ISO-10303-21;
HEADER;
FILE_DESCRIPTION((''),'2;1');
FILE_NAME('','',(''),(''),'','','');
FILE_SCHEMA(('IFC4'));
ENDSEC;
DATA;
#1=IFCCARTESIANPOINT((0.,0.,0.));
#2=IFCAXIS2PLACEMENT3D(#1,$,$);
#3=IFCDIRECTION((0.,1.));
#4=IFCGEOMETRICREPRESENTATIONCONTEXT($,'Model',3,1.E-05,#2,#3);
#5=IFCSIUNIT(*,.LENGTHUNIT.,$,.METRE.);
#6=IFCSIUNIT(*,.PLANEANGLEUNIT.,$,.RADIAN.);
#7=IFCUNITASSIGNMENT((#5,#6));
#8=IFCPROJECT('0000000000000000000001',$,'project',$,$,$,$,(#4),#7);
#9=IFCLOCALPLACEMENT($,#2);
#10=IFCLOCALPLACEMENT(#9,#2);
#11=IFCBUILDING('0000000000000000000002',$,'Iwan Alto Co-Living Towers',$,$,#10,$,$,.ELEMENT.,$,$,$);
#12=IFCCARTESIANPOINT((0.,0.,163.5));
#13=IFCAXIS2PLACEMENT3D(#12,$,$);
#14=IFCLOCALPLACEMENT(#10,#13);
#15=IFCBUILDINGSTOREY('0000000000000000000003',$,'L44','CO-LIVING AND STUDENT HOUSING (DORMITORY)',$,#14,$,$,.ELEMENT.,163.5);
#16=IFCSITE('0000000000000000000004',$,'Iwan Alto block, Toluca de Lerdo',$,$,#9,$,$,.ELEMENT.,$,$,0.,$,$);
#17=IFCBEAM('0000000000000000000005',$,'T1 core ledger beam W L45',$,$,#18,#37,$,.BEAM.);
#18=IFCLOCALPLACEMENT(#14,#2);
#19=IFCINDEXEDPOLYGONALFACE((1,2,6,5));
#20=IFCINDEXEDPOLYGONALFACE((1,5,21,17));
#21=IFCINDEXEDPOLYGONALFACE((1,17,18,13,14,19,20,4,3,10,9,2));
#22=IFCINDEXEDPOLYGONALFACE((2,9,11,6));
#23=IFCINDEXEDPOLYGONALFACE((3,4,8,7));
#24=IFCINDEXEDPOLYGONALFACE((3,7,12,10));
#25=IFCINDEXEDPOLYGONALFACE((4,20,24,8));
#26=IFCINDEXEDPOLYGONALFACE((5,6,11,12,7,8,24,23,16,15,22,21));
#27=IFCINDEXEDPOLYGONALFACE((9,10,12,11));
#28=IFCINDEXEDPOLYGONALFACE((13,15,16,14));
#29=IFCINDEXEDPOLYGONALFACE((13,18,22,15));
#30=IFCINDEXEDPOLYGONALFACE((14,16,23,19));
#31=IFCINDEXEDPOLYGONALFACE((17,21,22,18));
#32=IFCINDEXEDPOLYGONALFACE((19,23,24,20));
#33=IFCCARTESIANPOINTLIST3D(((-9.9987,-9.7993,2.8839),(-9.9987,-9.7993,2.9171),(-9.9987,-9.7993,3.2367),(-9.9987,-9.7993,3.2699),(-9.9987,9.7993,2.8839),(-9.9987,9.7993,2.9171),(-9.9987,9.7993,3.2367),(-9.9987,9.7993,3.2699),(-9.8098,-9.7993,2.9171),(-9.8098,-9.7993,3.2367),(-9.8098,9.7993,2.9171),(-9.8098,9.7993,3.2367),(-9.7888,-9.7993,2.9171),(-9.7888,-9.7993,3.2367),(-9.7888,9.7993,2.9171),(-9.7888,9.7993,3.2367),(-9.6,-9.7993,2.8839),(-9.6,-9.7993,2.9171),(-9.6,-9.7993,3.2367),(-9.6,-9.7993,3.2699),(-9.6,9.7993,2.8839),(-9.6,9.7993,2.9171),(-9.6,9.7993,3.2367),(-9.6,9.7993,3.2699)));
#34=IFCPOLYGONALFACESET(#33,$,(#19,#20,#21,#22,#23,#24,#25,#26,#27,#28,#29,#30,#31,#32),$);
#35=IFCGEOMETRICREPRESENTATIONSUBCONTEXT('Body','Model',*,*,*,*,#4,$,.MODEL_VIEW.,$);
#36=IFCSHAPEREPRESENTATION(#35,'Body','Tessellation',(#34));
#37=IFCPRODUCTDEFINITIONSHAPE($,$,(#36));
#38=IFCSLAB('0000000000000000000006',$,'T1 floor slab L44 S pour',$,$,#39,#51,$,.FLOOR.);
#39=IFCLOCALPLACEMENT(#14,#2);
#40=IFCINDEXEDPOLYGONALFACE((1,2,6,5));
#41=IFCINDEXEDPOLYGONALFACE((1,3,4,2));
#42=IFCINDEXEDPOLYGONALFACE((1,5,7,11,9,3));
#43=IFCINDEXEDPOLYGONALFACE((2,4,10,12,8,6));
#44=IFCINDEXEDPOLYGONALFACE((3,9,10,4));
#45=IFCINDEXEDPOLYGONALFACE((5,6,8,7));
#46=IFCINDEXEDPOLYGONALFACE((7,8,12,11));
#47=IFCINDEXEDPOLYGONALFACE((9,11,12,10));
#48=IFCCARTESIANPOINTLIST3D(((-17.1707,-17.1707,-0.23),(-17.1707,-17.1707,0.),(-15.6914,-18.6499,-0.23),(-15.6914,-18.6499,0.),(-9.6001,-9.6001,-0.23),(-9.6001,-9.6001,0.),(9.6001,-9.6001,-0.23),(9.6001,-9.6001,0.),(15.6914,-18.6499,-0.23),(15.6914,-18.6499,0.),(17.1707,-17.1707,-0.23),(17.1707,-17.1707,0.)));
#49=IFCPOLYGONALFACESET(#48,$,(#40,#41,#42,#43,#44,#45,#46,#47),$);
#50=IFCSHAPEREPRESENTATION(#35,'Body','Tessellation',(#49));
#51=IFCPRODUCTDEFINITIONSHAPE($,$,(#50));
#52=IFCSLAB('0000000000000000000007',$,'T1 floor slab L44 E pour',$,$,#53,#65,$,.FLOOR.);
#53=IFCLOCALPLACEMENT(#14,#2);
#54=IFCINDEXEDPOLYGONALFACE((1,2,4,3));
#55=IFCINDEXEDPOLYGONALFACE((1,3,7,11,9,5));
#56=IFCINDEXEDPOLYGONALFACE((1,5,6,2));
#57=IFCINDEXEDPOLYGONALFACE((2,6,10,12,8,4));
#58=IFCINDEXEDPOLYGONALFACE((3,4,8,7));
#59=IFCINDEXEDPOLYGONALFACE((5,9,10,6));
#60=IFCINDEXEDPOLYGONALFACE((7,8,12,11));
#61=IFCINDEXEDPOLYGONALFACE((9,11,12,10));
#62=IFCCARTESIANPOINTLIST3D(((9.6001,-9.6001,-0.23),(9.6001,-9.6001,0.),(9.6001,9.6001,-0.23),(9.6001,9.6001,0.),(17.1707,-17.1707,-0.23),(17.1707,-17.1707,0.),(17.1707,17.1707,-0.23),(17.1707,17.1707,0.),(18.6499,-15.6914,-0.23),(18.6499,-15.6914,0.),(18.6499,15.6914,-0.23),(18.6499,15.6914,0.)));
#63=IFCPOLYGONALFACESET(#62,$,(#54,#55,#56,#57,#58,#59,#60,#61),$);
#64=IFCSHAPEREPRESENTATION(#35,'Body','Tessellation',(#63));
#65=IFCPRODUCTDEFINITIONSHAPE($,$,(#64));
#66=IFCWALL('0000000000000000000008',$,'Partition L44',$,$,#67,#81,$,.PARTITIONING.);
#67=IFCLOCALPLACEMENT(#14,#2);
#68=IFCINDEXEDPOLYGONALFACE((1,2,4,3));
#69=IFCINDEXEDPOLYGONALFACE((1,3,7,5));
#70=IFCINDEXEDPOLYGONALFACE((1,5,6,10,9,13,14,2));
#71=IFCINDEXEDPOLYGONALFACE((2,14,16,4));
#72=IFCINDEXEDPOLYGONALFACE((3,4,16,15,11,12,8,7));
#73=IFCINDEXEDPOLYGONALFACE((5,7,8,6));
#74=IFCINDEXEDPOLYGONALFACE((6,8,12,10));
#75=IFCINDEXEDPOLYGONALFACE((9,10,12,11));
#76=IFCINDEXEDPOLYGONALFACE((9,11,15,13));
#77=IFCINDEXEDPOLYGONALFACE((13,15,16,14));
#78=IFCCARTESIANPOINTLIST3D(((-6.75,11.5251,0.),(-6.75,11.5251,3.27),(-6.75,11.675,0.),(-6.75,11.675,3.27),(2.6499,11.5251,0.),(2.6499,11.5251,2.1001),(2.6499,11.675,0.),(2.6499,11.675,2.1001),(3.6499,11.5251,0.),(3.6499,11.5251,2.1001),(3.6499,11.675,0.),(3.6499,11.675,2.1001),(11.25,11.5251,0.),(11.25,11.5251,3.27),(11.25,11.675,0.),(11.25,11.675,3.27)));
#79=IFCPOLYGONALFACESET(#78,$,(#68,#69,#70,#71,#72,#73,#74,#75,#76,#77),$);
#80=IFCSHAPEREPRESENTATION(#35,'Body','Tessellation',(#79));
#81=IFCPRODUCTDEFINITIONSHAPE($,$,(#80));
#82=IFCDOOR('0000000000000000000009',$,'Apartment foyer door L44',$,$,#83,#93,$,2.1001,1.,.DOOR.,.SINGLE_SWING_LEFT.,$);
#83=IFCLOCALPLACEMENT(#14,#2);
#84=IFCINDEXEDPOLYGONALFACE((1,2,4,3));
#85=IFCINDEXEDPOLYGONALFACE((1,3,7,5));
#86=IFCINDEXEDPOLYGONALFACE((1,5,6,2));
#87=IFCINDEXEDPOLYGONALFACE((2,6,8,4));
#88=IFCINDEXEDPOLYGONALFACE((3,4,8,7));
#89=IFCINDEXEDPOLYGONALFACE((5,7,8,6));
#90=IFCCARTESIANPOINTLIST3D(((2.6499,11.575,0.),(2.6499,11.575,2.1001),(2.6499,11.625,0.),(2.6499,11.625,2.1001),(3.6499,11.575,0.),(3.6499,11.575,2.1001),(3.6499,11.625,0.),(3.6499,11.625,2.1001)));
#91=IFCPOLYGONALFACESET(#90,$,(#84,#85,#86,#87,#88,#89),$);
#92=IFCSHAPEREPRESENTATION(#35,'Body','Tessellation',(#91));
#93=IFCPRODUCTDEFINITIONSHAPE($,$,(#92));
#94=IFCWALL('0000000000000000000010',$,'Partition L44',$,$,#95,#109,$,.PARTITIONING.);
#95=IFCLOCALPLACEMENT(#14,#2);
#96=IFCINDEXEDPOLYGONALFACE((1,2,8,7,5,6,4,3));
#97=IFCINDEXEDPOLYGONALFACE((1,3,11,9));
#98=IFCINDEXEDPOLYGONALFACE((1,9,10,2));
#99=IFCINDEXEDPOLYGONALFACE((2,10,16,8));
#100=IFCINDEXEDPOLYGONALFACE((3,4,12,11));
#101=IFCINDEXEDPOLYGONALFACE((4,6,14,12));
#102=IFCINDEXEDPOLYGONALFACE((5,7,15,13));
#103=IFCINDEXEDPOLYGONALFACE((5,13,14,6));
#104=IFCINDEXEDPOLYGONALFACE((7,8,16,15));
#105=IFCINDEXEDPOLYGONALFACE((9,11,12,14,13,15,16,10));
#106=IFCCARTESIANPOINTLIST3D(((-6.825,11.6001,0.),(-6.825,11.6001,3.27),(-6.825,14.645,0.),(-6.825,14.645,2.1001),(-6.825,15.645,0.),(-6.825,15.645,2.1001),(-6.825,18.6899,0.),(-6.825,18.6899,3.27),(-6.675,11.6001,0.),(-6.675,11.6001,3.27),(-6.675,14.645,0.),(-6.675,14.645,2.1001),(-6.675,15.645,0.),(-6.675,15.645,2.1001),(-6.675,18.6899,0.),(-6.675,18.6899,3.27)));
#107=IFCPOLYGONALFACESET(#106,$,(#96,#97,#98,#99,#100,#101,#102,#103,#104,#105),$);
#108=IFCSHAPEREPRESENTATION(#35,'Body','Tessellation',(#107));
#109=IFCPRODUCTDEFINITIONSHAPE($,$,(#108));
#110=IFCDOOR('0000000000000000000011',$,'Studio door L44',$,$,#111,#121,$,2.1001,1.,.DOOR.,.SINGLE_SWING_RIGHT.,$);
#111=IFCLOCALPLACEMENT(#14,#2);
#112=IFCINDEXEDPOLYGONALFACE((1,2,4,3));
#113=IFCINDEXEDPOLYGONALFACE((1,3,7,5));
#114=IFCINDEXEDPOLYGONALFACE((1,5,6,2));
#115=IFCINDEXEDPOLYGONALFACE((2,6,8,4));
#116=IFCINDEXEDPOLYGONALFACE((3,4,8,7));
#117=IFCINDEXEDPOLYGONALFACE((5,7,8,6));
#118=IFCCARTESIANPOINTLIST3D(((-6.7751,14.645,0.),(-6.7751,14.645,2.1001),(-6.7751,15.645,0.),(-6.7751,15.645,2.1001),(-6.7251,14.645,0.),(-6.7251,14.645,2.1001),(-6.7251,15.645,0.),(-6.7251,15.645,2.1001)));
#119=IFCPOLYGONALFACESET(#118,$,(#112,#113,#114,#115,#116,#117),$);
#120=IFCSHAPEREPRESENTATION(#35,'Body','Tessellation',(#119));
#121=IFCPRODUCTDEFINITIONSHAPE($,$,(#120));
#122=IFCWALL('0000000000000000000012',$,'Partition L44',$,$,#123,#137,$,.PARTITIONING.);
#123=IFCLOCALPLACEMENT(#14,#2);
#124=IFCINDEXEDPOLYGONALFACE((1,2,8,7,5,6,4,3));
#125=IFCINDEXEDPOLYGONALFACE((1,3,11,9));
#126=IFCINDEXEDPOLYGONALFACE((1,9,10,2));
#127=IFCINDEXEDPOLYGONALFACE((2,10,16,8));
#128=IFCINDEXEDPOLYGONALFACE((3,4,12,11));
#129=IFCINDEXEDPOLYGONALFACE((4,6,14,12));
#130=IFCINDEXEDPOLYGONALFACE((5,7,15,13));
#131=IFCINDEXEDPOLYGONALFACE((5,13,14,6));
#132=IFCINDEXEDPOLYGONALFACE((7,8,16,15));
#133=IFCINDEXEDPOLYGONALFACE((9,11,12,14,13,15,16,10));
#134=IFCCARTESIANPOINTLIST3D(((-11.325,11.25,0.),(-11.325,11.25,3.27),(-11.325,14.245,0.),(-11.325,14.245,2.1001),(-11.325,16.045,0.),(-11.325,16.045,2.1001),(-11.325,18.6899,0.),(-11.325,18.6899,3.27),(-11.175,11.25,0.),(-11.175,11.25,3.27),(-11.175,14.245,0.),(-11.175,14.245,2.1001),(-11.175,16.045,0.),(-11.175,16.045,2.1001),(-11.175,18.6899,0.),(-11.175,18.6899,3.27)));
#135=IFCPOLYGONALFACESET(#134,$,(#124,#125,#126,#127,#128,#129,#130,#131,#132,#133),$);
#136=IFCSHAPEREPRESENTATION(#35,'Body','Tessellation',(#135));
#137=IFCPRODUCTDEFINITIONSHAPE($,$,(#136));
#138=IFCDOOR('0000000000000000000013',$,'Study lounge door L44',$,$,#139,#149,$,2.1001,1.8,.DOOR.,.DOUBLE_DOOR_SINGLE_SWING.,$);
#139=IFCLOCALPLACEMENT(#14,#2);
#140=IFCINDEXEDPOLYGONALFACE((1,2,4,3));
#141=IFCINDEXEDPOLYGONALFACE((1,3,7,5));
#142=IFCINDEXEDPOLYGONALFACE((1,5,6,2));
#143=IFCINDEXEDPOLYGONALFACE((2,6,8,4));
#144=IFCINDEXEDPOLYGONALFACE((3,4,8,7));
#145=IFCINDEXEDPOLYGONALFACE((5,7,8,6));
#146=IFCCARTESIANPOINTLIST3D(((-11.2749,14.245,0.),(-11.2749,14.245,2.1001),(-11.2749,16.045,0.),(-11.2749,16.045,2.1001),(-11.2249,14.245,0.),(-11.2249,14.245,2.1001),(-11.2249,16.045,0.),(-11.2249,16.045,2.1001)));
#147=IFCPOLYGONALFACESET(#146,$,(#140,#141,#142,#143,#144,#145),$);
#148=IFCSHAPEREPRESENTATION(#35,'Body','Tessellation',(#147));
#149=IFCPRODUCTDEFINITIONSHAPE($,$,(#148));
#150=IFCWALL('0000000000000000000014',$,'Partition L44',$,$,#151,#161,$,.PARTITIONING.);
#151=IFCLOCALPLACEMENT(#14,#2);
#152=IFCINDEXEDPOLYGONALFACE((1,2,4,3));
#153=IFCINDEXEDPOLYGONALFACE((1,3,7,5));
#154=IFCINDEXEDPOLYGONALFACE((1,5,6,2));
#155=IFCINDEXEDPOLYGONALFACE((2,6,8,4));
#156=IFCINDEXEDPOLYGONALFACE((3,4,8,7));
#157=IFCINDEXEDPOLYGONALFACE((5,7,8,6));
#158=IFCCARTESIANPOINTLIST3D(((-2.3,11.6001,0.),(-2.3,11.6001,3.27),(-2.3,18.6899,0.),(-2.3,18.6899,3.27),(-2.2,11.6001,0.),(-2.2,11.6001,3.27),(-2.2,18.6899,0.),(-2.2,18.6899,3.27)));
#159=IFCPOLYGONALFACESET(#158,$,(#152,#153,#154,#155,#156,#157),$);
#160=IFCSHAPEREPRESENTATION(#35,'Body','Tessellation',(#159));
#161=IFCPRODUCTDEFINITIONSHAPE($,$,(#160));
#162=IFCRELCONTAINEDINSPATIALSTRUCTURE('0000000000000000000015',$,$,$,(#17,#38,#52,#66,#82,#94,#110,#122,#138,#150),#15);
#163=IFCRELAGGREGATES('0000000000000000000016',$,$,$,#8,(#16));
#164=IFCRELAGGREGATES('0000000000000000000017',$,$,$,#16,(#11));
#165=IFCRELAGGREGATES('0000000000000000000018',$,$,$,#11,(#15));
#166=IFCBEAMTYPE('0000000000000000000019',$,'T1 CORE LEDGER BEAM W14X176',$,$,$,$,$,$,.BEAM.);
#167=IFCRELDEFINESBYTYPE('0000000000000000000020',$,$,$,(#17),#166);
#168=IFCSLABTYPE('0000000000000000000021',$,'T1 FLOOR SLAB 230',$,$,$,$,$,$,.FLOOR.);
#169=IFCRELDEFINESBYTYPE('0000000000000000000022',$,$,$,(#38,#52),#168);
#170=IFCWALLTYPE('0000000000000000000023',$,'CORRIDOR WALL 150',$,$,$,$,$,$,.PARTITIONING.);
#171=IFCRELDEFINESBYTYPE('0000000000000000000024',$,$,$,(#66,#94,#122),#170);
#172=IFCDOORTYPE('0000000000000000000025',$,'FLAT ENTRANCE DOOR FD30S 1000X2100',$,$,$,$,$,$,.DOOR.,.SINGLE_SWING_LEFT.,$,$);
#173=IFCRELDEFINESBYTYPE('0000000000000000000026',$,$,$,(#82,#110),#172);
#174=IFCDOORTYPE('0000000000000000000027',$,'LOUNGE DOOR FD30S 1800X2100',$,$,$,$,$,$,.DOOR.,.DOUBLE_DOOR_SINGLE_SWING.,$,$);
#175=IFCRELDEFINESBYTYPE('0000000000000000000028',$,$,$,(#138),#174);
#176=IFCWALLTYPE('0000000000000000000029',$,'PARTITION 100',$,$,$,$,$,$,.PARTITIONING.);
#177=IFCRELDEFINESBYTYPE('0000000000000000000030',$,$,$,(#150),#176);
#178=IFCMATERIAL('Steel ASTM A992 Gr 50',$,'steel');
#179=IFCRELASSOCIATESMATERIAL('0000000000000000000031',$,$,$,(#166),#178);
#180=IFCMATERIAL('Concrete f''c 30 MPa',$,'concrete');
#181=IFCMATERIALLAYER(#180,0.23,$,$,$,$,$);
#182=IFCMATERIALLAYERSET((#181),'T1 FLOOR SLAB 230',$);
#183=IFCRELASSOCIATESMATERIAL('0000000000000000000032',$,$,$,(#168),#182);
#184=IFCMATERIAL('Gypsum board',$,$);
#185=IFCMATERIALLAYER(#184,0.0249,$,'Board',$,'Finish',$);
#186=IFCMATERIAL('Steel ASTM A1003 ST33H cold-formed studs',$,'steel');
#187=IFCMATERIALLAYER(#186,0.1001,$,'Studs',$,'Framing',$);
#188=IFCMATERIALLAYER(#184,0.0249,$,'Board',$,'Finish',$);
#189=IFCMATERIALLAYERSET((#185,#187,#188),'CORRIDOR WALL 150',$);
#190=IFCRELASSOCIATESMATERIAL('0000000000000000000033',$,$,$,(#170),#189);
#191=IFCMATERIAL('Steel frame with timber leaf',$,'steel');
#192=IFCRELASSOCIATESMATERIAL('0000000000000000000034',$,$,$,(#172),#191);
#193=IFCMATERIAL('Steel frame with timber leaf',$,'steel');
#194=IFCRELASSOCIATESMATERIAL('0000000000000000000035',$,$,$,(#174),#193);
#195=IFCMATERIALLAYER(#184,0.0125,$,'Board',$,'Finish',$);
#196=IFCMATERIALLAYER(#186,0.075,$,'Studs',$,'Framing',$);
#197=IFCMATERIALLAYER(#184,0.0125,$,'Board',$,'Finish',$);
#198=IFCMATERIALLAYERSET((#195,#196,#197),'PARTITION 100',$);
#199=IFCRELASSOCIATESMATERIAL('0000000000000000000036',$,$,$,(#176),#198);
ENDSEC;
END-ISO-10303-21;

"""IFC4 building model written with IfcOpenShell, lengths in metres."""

from ifc_helpers import new_model, si_unit, direction, frame, frame_2d, origin, origin_2d, place, context, subcontext, project, spatial, polyline, rectangle, i_section, outline, extrude, material, layer, layer_set, material_profile, profile_set, type_object, element, fill, save


model = new_model("IFC4")

# Units and contexts
model_context = context("Model", 3, precision=1e-05, world=origin(), true_north=direction((0.0, 1.0)))
body_context = subcontext(model_context, "Body", "Model", "MODEL_VIEW")
ifc_project = project(units=[si_unit("LENGTHUNIT", "METRE"), si_unit("PLANEANGLEUNIT", "RADIAN")], contexts=[model_context])

# Site, building, storey
site_placement = place(None, origin())
site = spatial("IfcSite", under=ifc_project, at=site_placement, Name="Iwan Alto block, Toluca de Lerdo", CompositionType="ELEMENT", RefElevation=0.0)
building_placement = place(site_placement, origin())
building = spatial("IfcBuilding", under=site, at=building_placement, Name="Iwan Alto Co-Living Towers", CompositionType="ELEMENT")
storey_placement = place(building_placement, frame((0.0, 0.0, 163.5)))
storey = spatial("IfcBuildingStorey", under=building, at=storey_placement, Name="L44", Description="CO-LIVING AND STUDENT HOUSING (DORMITORY)", CompositionType="ELEMENT", Elevation=163.5)

# Beam
ifc_material_1 = material(Name="Steel ASTM A992 Gr 50", Category="steel")
ifc_material_profile = material_profile(ifc_material_1, i_section(OverallWidth=0.3987, OverallDepth=0.386, WebThickness=0.021, FlangeThickness=0.0332, at=origin_2d()), Name="W14X176")
ifc_profile_set = profile_set([ifc_material_profile], Name="Steel ASTM A992 Gr 50")
beam_type = type_object("IfcBeamType", Name="T1 CORE LEDGER BEAM W14X176", PredefinedType="BEAM", material=ifc_profile_set)
beam_placement = place(storey_placement, frame((-9.7993, 9.7993, 3.0769), z_axis=(0.0, -1.0, 0.0), x_axis=(1.0, 0.0, 0.0)))
element("IfcBeam", 1, at=beam_placement, inside=storey, type_object=beam_type, Name="T1 core ledger beam W L45", PredefinedType="BEAM", context=body_context, shape_type="SweptSolid", body=[
    extrude(i_section(OverallWidth=0.3987, OverallDepth=0.386, WebThickness=0.021, FlangeThickness=0.0332, at=origin_2d()), origin(), (0.0, 0.0, 1.0), 19.5986),
])

# Slabs
ifc_material_2 = material(Name="Concrete f'c 30 MPa", Category="concrete")
ifc_layer_1 = layer(ifc_material_2, 0.23)
ifc_layer_set_1 = layer_set([ifc_layer_1], Name="T1 FLOOR SLAB 230")
slab_type = type_object("IfcSlabType", Name="T1 FLOOR SLAB 230", PredefinedType="FLOOR", material=ifc_layer_set_1)
slab_1_placement = place(storey_placement, frame((0.0, 0.0, -0.23)))
element("IfcSlab", 2, at=slab_1_placement, inside=storey, type_object=slab_type, Name="T1 floor slab L44 S pour", PredefinedType="FLOOR", context=body_context, shape_type="SweptSolid", body=[
    extrude(outline(polyline([(15.6914, -18.6499), (-15.6914, -18.6499), (-17.1707, -17.1707), (-9.6001, -9.6001), (9.6001, -9.6001), (17.1707, -17.1707), (15.6914, -18.6499)])), origin(), (0.0, 0.0, 1.0), 0.23),
])
slab_2_placement = place(storey_placement, frame((0.0, 0.0, -0.23)))
element("IfcSlab", 3, at=slab_2_placement, inside=storey, type_object=slab_type, Name="T1 floor slab L44 E pour", PredefinedType="FLOOR", context=body_context, shape_type="SweptSolid", body=[
    extrude(outline(polyline([(18.6499, 15.6914), (18.6499, -15.6914), (17.1707, -17.1707), (9.6001, -9.6001), (9.6001, 9.6001), (17.1707, 17.1707), (18.6499, 15.6914)])), origin(), (0.0, 0.0, 1.0), 0.23),
])

# Walls, openings, doors
ifc_material_3 = material(Name="Gypsum board")
ifc_layer_2 = layer(ifc_material_3, 0.0249, Name="Board", Category="Finish")
ifc_material_4 = material(Name="Steel ASTM A1003 ST33H cold-formed studs", Category="steel")
ifc_layer_3 = layer(ifc_material_4, 0.1001, Name="Studs", Category="Framing")
ifc_layer_4 = layer(ifc_material_3, 0.0249, Name="Board", Category="Finish")
ifc_layer_set_2 = layer_set([ifc_layer_2, ifc_layer_3, ifc_layer_4], Name="CORRIDOR WALL 150")
wall_type_1 = type_object("IfcWallType", Name="CORRIDOR WALL 150", PredefinedType="PARTITIONING", material=ifc_layer_set_2)
wall_1_placement = place(storey_placement, frame((-6.75, 11.6001, 0.0), z_axis=(0.0, 0.0, 1.0), x_axis=(1.0, 0.0, 0.0)))
wall_1 = element("IfcWall", 4, at=wall_1_placement, inside=storey, type_object=wall_type_1, Name="Partition L44", PredefinedType="PARTITIONING", context=body_context, shape_type="SweptSolid", body=[
    extrude(rectangle(XDim=18.0, YDim=0.1499, at=frame_2d((9.0, 0.0))), origin(), (0.0, 0.0, 1.0), 3.27),
])
opening_1_placement = place(wall_1_placement, frame((9.3999, 0.0, 0.0)))
opening_1 = element("IfcOpeningElement", 5, at=opening_1_placement, cuts=wall_1, PredefinedType="OPENING", context=body_context, shape_type="SweptSolid", body=[
    extrude(rectangle(XDim=1.0, YDim=2.1001, at=frame_2d((0.5, 1.05))), frame((0.0, 0.085, 0.0), z_axis=(0.0, -1.0, 0.0), x_axis=(1.0, 0.0, 0.0)), (0.0, 0.0, 1.0), 0.1699),
])
ifc_material_5 = material(Name="Steel frame with timber leaf", Category="steel")
door_type_1 = type_object("IfcDoorType", Name="FLAT ENTRANCE DOOR FD30S 1000X2100", OperationType="SINGLE_SWING_LEFT", PredefinedType="DOOR", material=ifc_material_5)
door_1_placement = place(opening_1_placement, origin())
door_1 = element("IfcDoor", 6, at=door_1_placement, inside=storey, type_object=door_type_1, Name="Apartment foyer door L44", OperationType="SINGLE_SWING_LEFT", OverallHeight=2.1001, OverallWidth=1.0, PredefinedType="DOOR", context=body_context, shape_type="SweptSolid", body=[
    extrude(rectangle(XDim=1.0, YDim=2.1001, at=frame_2d((0.5, 1.05))), frame((0.0, 0.0249, 0.0), z_axis=(0.0, -1.0, 0.0), x_axis=(1.0, 0.0, 0.0)), (0.0, 0.0, 1.0), 0.05),
])
fill(opening_1, door_1)
wall_2_placement = place(storey_placement, frame((-6.75, 11.6001, 0.0), z_axis=(0.0, 0.0, 1.0), x_axis=(0.0, 1.0, 0.0)))
wall_2 = element("IfcWall", 7, at=wall_2_placement, inside=storey, type_object=wall_type_1, Name="Partition L44", PredefinedType="PARTITIONING", context=body_context, shape_type="SweptSolid", body=[
    extrude(rectangle(XDim=7.0898, YDim=0.1499, at=frame_2d((3.5449, 0.0))), origin(), (0.0, 0.0, 1.0), 3.27),
])
opening_2_placement = place(wall_2_placement, frame((3.0449, 0.0, 0.0)))
opening_2 = element("IfcOpeningElement", 8, at=opening_2_placement, cuts=wall_2, PredefinedType="OPENING", context=body_context, shape_type="SweptSolid", body=[
    extrude(rectangle(XDim=1.0, YDim=2.1001, at=frame_2d((0.5, 1.05))), frame((0.0, 0.085, 0.0), z_axis=(0.0, -1.0, 0.0), x_axis=(1.0, 0.0, 0.0)), (0.0, 0.0, 1.0), 0.1699),
])
door_2_placement = place(opening_2_placement, frame((1.0, 0.0, 0.0), z_axis=(0.0, 0.0, 1.0), x_axis=(-1.0, 0.0, 0.0)))
door_2 = element("IfcDoor", 9, at=door_2_placement, inside=storey, type_object=door_type_1, Name="Studio door L44", OperationType="SINGLE_SWING_RIGHT", OverallHeight=2.1001, OverallWidth=1.0, PredefinedType="DOOR", context=body_context, shape_type="SweptSolid", body=[
    extrude(rectangle(XDim=1.0, YDim=2.1001, at=frame_2d((0.5, 1.05))), frame((0.0, 0.0249, 0.0), z_axis=(0.0, -1.0, 0.0), x_axis=(1.0, 0.0, 0.0)), (0.0, 0.0, 1.0), 0.05),
])
fill(opening_2, door_2)
wall_3_placement = place(storey_placement, frame((-11.25, 11.25, 0.0), z_axis=(0.0, 0.0, 1.0), x_axis=(0.0, 1.0, 0.0)))
wall_3 = element("IfcWall", 10, at=wall_3_placement, inside=storey, type_object=wall_type_1, Name="Partition L44", PredefinedType="PARTITIONING", context=body_context, shape_type="SweptSolid", body=[
    extrude(rectangle(XDim=7.4399, YDim=0.1499, at=frame_2d((3.72, 0.0))), origin(), (0.0, 0.0, 1.0), 3.27),
])
opening_3_placement = place(wall_3_placement, frame((2.9951, 0.0, 0.0)))
opening_3 = element("IfcOpeningElement", 11, at=opening_3_placement, cuts=wall_3, PredefinedType="OPENING", context=body_context, shape_type="SweptSolid", body=[
    extrude(rectangle(XDim=1.8, YDim=2.1001, at=frame_2d((0.8999, 1.05))), frame((0.0, 0.085, 0.0), z_axis=(0.0, -1.0, 0.0), x_axis=(1.0, 0.0, 0.0)), (0.0, 0.0, 1.0), 0.1699),
])
ifc_material_6 = material(Name="Steel frame with timber leaf", Category="steel")
door_type_2 = type_object("IfcDoorType", Name="LOUNGE DOOR FD30S 1800X2100", OperationType="DOUBLE_DOOR_SINGLE_SWING", PredefinedType="DOOR", material=ifc_material_6)
door_3_placement = place(opening_3_placement, origin())
door_3 = element("IfcDoor", 12, at=door_3_placement, inside=storey, type_object=door_type_2, Name="Study lounge door L44", OperationType="DOUBLE_DOOR_SINGLE_SWING", OverallHeight=2.1001, OverallWidth=1.8, PredefinedType="DOOR", context=body_context, shape_type="SweptSolid", body=[
    extrude(rectangle(XDim=1.8, YDim=2.1001, at=frame_2d((0.8999, 1.05))), frame((0.0, 0.0249, 0.0), z_axis=(0.0, -1.0, 0.0), x_axis=(1.0, 0.0, 0.0)), (0.0, 0.0, 1.0), 0.05),
])
fill(opening_3, door_3)

# Wall
ifc_layer_5 = layer(ifc_material_3, 0.0125, Name="Board", Category="Finish")
ifc_layer_6 = layer(ifc_material_4, 0.075, Name="Studs", Category="Framing")
ifc_layer_7 = layer(ifc_material_3, 0.0125, Name="Board", Category="Finish")
ifc_layer_set_3 = layer_set([ifc_layer_5, ifc_layer_6, ifc_layer_7], Name="PARTITION 100")
wall_type_2 = type_object("IfcWallType", Name="PARTITION 100", PredefinedType="PARTITIONING", material=ifc_layer_set_3)
wall_4_placement = place(storey_placement, frame((-2.25, 11.6001, 0.0), z_axis=(0.0, 0.0, 1.0), x_axis=(0.0, 1.0, 0.0)))
element("IfcWall", 13, at=wall_4_placement, inside=storey, type_object=wall_type_2, Name="Partition L44", PredefinedType="PARTITIONING", context=body_context, shape_type="SweptSolid", body=[
    extrude(rectangle(XDim=7.0898, YDim=0.1001, at=frame_2d((3.5449, 0.0))), origin(), (0.0, 0.0, 1.0), 3.27),
])

save(model, "model.ifc")
